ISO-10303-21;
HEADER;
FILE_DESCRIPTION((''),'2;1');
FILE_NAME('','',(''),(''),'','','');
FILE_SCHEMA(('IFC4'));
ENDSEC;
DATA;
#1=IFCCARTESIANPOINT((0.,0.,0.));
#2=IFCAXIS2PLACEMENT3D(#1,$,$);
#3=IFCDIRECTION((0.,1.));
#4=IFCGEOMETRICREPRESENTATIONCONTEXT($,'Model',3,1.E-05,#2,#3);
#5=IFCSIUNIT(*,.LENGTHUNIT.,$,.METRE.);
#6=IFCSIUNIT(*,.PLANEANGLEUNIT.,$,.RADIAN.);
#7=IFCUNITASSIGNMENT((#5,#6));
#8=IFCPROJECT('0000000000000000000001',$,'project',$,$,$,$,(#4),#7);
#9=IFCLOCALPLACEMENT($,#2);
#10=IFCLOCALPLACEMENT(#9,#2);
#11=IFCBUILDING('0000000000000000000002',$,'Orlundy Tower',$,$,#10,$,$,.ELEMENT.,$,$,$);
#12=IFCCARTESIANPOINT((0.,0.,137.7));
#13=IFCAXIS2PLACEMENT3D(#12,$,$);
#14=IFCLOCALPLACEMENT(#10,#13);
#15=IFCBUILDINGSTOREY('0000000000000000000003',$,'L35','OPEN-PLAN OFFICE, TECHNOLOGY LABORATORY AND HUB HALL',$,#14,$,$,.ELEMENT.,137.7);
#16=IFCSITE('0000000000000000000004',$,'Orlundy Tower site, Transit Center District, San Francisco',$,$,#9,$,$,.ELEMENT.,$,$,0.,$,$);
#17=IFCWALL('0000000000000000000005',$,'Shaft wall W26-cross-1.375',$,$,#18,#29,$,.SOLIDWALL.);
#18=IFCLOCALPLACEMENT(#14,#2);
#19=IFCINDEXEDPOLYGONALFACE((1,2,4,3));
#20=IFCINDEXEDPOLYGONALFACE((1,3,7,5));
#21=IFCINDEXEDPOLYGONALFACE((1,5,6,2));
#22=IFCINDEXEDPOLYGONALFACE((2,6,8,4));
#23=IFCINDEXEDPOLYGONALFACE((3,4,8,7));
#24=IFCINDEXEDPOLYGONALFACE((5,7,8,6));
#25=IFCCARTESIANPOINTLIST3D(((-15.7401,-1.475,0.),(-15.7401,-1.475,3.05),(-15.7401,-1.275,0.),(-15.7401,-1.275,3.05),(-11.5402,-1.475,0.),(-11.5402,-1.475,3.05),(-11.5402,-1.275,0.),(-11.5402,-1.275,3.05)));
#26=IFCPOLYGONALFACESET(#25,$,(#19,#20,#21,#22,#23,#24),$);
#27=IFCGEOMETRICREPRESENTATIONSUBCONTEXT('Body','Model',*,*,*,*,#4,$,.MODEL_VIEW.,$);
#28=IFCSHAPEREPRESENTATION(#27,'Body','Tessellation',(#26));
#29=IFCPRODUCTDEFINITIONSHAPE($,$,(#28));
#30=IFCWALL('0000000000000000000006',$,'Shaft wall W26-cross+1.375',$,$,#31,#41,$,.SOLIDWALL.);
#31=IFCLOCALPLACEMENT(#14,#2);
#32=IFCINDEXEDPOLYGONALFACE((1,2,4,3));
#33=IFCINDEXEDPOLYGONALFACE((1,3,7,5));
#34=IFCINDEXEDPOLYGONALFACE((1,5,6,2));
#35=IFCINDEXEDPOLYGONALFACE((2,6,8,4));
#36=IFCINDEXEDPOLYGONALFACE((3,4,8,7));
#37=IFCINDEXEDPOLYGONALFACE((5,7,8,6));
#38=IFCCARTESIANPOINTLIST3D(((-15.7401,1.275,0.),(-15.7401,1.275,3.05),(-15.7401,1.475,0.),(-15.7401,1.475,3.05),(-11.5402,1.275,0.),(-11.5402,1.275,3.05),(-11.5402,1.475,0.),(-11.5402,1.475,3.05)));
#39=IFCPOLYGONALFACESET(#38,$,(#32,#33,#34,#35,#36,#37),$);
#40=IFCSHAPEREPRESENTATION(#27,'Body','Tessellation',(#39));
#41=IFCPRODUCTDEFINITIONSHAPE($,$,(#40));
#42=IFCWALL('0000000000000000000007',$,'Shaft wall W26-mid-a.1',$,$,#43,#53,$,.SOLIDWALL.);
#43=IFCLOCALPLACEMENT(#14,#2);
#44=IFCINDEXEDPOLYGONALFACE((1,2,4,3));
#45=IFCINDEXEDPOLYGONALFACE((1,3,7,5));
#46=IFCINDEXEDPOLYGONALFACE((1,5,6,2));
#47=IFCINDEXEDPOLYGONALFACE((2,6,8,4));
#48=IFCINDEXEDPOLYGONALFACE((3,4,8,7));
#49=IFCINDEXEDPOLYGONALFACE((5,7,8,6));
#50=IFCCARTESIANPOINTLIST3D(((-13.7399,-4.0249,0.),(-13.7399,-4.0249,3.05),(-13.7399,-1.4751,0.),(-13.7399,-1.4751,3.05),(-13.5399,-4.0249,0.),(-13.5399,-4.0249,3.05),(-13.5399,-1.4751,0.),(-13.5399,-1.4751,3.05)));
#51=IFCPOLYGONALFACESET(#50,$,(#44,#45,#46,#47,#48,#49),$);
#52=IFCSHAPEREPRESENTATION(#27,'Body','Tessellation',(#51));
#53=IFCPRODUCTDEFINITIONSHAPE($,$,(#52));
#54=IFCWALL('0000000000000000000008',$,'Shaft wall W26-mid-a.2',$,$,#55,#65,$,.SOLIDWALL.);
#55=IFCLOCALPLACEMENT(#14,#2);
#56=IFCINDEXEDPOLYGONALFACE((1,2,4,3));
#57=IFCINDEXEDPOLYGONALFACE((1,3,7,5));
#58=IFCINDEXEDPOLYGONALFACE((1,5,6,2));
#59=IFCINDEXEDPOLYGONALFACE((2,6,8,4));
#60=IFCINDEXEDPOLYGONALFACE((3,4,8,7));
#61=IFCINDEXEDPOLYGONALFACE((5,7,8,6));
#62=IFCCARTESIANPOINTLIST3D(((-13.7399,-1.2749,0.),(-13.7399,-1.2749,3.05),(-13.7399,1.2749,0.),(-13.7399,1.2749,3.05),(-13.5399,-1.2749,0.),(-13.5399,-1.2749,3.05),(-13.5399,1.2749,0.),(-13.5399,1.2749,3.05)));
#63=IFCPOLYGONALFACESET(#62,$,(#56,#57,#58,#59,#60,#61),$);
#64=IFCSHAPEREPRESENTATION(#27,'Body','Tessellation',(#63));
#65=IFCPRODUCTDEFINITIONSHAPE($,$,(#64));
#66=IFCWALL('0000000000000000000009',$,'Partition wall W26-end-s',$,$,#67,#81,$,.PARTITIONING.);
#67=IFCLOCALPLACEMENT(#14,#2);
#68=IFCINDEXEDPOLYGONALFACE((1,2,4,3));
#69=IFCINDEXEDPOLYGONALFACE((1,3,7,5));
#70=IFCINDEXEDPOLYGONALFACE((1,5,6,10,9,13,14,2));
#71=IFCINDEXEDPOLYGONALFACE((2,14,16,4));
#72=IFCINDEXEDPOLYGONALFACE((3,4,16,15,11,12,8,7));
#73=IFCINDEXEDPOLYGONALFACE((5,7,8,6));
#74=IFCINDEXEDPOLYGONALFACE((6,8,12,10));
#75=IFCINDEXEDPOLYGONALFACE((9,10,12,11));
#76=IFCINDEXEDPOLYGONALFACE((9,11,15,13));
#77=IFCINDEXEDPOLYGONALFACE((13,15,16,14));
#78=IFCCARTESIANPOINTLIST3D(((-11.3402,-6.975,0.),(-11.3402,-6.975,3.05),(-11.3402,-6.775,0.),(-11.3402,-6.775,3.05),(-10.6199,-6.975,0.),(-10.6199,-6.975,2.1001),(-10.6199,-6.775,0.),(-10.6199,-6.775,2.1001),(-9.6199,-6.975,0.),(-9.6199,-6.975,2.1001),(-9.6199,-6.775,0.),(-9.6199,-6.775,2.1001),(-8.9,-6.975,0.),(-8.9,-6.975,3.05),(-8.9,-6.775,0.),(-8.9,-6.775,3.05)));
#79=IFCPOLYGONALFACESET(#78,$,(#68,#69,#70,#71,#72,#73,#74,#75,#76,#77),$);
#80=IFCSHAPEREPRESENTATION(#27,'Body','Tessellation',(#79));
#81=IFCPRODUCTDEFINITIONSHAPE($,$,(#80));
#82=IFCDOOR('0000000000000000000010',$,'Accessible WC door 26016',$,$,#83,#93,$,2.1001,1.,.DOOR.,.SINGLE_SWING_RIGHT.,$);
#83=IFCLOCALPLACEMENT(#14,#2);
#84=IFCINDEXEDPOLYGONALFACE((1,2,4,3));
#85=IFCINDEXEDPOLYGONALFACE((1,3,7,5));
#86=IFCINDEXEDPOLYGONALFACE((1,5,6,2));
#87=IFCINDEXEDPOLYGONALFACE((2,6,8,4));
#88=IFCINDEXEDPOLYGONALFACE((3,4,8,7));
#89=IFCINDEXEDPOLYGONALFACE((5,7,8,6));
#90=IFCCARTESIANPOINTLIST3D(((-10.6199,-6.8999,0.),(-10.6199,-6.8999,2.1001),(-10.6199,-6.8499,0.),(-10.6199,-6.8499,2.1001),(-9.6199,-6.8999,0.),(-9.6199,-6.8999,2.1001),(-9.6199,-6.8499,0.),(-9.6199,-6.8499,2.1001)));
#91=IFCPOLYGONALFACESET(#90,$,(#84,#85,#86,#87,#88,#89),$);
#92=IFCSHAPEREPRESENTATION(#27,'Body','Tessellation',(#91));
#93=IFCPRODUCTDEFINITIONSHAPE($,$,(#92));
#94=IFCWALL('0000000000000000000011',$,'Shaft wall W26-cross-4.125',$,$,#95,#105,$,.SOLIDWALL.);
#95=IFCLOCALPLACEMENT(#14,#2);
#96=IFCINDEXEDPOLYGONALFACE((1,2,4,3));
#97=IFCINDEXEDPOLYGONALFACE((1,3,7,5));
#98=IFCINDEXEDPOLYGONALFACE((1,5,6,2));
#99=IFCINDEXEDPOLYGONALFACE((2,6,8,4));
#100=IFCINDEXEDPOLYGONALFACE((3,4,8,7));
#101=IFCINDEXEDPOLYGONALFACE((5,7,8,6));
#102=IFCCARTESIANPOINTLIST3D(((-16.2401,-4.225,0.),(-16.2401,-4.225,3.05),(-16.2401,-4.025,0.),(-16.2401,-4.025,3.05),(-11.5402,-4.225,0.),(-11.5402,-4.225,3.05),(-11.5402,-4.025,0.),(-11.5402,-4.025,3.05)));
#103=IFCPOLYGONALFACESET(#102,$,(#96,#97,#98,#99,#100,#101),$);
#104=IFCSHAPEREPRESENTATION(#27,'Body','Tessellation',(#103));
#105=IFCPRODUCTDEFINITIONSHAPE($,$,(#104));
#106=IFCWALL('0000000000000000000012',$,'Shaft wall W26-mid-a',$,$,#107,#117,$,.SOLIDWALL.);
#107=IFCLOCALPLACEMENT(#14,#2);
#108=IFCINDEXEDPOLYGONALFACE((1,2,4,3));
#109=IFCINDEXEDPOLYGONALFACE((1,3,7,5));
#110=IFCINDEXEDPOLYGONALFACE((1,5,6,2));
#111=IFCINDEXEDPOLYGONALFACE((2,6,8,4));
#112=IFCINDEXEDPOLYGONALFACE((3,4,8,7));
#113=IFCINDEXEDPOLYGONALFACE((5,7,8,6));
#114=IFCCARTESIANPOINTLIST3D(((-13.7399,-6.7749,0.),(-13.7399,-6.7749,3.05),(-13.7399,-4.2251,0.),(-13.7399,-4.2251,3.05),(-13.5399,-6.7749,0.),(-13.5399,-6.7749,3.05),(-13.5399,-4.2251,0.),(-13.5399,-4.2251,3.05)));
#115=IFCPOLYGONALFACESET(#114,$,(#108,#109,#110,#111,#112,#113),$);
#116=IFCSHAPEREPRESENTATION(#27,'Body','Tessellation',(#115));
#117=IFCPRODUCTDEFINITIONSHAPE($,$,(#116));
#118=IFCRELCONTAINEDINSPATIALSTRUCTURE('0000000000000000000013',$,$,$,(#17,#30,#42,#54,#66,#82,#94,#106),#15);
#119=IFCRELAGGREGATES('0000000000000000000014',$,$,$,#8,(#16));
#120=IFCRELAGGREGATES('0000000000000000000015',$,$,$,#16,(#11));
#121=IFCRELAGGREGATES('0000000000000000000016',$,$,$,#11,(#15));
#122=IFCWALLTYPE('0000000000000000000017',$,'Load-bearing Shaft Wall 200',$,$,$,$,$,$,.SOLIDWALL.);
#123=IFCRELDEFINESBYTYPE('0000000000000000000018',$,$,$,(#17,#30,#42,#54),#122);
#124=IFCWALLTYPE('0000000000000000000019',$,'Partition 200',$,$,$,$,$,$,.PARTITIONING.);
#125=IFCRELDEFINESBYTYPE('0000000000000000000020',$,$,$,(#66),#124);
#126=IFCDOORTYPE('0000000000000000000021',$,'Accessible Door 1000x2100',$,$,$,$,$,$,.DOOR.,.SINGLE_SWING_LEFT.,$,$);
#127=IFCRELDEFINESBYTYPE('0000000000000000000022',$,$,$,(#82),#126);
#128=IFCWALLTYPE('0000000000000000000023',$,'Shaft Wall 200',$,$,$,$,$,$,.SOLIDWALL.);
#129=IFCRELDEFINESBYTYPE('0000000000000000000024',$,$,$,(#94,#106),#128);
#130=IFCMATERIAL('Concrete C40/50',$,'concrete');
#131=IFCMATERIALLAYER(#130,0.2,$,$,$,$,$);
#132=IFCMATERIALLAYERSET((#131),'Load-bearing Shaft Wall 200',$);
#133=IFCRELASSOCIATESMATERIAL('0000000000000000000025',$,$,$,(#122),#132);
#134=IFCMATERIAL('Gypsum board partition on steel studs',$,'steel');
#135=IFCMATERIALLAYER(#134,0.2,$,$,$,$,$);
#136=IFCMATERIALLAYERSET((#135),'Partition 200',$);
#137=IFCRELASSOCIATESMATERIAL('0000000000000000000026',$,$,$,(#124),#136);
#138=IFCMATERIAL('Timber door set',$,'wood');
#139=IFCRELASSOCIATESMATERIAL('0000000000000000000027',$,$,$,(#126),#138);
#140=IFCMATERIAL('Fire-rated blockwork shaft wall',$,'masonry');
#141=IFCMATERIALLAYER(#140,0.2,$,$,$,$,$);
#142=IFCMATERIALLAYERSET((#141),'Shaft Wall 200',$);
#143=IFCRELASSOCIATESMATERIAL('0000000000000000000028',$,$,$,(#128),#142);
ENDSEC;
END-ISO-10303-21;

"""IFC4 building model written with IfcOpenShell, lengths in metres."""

from ifc_helpers import new_model, si_unit, direction, frame, frame_2d, origin, place, context, subcontext, project, spatial, rectangle, extrude, material, layer, layer_set, type_object, element, fill, save


model = new_model("IFC4")

# Units and contexts
model_context = context("Model", 3, precision=1e-05, world=origin(), true_north=direction((0.0, 1.0)))
body_context = subcontext(model_context, "Body", "Model", "MODEL_VIEW")
ifc_project = project(units=[si_unit("LENGTHUNIT", "METRE"), si_unit("PLANEANGLEUNIT", "RADIAN")], contexts=[model_context])

# Site, building, storey
site_placement = place(None, origin())
site = spatial("IfcSite", under=ifc_project, at=site_placement, Name="Orlundy Tower site, Transit Center District, San Francisco", CompositionType="ELEMENT", RefElevation=0.0)
building_placement = place(site_placement, origin())
building = spatial("IfcBuilding", under=site, at=building_placement, Name="Orlundy Tower", CompositionType="ELEMENT")
storey_placement = place(building_placement, frame((0.0, 0.0, 137.7)))
storey = spatial("IfcBuildingStorey", under=building, at=storey_placement, Name="L35", Description="OPEN-PLAN OFFICE, TECHNOLOGY LABORATORY AND HUB HALL", CompositionType="ELEMENT", Elevation=137.7)

# Walls
ifc_material_1 = material(Name="Concrete C40/50", Category="concrete")
ifc_layer_1 = layer(ifc_material_1, 0.2)
ifc_layer_set_1 = layer_set([ifc_layer_1], Name="Load-bearing Shaft Wall 200")
wall_type_1 = type_object("IfcWallType", Name="Load-bearing Shaft Wall 200", PredefinedType="SOLIDWALL", material=ifc_layer_set_1)
for number, where, z_axis, x_axis, name in (
    (1, (-11.54, -1.375, 0.0), (0.0, 0.0, 1.0), (-1.0, 0.0, 0.0), "Shaft wall W26-cross-1.375"),
    (2, (-11.54, 1.375, 0.0), (0.0, 0.0, 1.0), (-1.0, 0.0, 0.0), "Shaft wall W26-cross+1.375"),
):
    element("IfcWall", number, at=place(storey_placement, frame(where, z_axis=z_axis, x_axis=x_axis)), inside=storey, type_object=wall_type_1, Name=name, PredefinedType="SOLIDWALL", context=body_context, shape_type="SweptSolid", body=[
        extrude(rectangle(XDim=4.2, YDim=0.2, at=frame_2d((2.1001, 0.0))), origin(), (0.0, 0.0, 1.0), 3.05),
    ])
for number, where, z_axis, x_axis, name in (
    (3, (-13.6399, -4.0249, 0.0), (0.0, 0.0, 1.0), (0.0, 1.0, 0.0), "Shaft wall W26-mid-a.1"),
    (4, (-13.6399, -1.2749, 0.0), (0.0, 0.0, 1.0), (0.0, 1.0, 0.0), "Shaft wall W26-mid-a.2"),
):
    element("IfcWall", number, at=place(storey_placement, frame(where, z_axis=z_axis, x_axis=x_axis)), inside=storey, type_object=wall_type_1, Name=name, PredefinedType="SOLIDWALL", context=body_context, shape_type="SweptSolid", body=[
        extrude(rectangle(XDim=2.5498, YDim=0.2, at=frame_2d((1.2749, 0.0))), origin(), (0.0, 0.0, 1.0), 3.05),
    ])

# Wall, opening, door
ifc_material_2 = material(Name="Gypsum board partition on steel studs", Category="steel")
ifc_layer_2 = layer(ifc_material_2, 0.2)
ifc_layer_set_2 = layer_set([ifc_layer_2], Name="Partition 200")
wall_type_2 = type_object("IfcWallType", Name="Partition 200", PredefinedType="PARTITIONING", material=ifc_layer_set_2)
wall_1_placement = place(storey_placement, frame((-8.8999, -6.875, 0.0), z_axis=(0.0, 0.0, 1.0), x_axis=(-1.0, 0.0, 0.0)))
wall_1 = element("IfcWall", 5, at=wall_1_placement, inside=storey, type_object=wall_type_2, Name="Partition wall W26-end-s", PredefinedType="PARTITIONING", context=body_context, shape_type="SweptSolid", body=[
    extrude(rectangle(XDim=2.4402, YDim=0.2, at=frame_2d((1.2202, 0.0))), origin(), (0.0, 0.0, 1.0), 3.05),
])
opening_placement = place(wall_1_placement, frame((0.72, 0.0, 0.0)))
opening = element("IfcOpeningElement", 6, at=opening_placement, cuts=wall_1, PredefinedType="OPENING", context=body_context, shape_type="SweptSolid", body=[
    extrude(rectangle(XDim=1.0, YDim=2.1001, at=frame_2d((0.5, 1.05))), frame((0.0, 0.1101, 0.0), z_axis=(0.0, -1.0, 0.0), x_axis=(1.0, 0.0, 0.0)), (0.0, 0.0, 1.0), 0.2202),
])
ifc_material_3 = material(Name="Timber door set", Category="wood")
door_type = type_object("IfcDoorType", Name="Accessible Door 1000x2100", OperationType="SINGLE_SWING_LEFT", PredefinedType="DOOR", material=ifc_material_3)
door_placement = place(opening_placement, origin())
door = element("IfcDoor", 7, at=door_placement, inside=storey, type_object=door_type, Name="Accessible WC door 26016", OperationType="SINGLE_SWING_RIGHT", OverallHeight=2.1001, OverallWidth=1.0, PredefinedType="DOOR", context=body_context, shape_type="SweptSolid", body=[
    extrude(rectangle(XDim=1.0, YDim=2.1001, at=frame_2d((0.5, 1.05))), frame((0.0, 0.0249, 0.0), z_axis=(0.0, -1.0, 0.0), x_axis=(1.0, 0.0, 0.0)), (0.0, 0.0, 1.0), 0.05),
])
fill(opening, door)

# Walls
ifc_material_4 = material(Name="Fire-rated blockwork shaft wall", Category="masonry")
ifc_layer_3 = layer(ifc_material_4, 0.2)
ifc_layer_set_3 = layer_set([ifc_layer_3], Name="Shaft Wall 200")
wall_type_3 = type_object("IfcWallType", Name="Shaft Wall 200", PredefinedType="SOLIDWALL", material=ifc_layer_set_3)
wall_2_placement = place(storey_placement, frame((-11.54, -4.125, 0.0), z_axis=(0.0, 0.0, 1.0), x_axis=(-1.0, 0.0, 0.0)))
element("IfcWall", 8, at=wall_2_placement, inside=storey, type_object=wall_type_3, Name="Shaft wall W26-cross-4.125", PredefinedType="SOLIDWALL", context=body_context, shape_type="SweptSolid", body=[
    extrude(rectangle(XDim=4.7, YDim=0.2, at=frame_2d((2.3501, 0.0))), origin(), (0.0, 0.0, 1.0), 3.05),
])
wall_3_placement = place(storey_placement, frame((-13.6399, -6.7749, 0.0), z_axis=(0.0, 0.0, 1.0), x_axis=(0.0, 1.0, 0.0)))
element("IfcWall", 9, at=wall_3_placement, inside=storey, type_object=wall_type_3, Name="Shaft wall W26-mid-a", PredefinedType="SOLIDWALL", context=body_context, shape_type="SweptSolid", body=[
    extrude(rectangle(XDim=2.5498, YDim=0.2, at=frame_2d((1.2749, 0.0))), origin(), (0.0, 0.0, 1.0), 3.05),
])

save(model, "model.ifc")
